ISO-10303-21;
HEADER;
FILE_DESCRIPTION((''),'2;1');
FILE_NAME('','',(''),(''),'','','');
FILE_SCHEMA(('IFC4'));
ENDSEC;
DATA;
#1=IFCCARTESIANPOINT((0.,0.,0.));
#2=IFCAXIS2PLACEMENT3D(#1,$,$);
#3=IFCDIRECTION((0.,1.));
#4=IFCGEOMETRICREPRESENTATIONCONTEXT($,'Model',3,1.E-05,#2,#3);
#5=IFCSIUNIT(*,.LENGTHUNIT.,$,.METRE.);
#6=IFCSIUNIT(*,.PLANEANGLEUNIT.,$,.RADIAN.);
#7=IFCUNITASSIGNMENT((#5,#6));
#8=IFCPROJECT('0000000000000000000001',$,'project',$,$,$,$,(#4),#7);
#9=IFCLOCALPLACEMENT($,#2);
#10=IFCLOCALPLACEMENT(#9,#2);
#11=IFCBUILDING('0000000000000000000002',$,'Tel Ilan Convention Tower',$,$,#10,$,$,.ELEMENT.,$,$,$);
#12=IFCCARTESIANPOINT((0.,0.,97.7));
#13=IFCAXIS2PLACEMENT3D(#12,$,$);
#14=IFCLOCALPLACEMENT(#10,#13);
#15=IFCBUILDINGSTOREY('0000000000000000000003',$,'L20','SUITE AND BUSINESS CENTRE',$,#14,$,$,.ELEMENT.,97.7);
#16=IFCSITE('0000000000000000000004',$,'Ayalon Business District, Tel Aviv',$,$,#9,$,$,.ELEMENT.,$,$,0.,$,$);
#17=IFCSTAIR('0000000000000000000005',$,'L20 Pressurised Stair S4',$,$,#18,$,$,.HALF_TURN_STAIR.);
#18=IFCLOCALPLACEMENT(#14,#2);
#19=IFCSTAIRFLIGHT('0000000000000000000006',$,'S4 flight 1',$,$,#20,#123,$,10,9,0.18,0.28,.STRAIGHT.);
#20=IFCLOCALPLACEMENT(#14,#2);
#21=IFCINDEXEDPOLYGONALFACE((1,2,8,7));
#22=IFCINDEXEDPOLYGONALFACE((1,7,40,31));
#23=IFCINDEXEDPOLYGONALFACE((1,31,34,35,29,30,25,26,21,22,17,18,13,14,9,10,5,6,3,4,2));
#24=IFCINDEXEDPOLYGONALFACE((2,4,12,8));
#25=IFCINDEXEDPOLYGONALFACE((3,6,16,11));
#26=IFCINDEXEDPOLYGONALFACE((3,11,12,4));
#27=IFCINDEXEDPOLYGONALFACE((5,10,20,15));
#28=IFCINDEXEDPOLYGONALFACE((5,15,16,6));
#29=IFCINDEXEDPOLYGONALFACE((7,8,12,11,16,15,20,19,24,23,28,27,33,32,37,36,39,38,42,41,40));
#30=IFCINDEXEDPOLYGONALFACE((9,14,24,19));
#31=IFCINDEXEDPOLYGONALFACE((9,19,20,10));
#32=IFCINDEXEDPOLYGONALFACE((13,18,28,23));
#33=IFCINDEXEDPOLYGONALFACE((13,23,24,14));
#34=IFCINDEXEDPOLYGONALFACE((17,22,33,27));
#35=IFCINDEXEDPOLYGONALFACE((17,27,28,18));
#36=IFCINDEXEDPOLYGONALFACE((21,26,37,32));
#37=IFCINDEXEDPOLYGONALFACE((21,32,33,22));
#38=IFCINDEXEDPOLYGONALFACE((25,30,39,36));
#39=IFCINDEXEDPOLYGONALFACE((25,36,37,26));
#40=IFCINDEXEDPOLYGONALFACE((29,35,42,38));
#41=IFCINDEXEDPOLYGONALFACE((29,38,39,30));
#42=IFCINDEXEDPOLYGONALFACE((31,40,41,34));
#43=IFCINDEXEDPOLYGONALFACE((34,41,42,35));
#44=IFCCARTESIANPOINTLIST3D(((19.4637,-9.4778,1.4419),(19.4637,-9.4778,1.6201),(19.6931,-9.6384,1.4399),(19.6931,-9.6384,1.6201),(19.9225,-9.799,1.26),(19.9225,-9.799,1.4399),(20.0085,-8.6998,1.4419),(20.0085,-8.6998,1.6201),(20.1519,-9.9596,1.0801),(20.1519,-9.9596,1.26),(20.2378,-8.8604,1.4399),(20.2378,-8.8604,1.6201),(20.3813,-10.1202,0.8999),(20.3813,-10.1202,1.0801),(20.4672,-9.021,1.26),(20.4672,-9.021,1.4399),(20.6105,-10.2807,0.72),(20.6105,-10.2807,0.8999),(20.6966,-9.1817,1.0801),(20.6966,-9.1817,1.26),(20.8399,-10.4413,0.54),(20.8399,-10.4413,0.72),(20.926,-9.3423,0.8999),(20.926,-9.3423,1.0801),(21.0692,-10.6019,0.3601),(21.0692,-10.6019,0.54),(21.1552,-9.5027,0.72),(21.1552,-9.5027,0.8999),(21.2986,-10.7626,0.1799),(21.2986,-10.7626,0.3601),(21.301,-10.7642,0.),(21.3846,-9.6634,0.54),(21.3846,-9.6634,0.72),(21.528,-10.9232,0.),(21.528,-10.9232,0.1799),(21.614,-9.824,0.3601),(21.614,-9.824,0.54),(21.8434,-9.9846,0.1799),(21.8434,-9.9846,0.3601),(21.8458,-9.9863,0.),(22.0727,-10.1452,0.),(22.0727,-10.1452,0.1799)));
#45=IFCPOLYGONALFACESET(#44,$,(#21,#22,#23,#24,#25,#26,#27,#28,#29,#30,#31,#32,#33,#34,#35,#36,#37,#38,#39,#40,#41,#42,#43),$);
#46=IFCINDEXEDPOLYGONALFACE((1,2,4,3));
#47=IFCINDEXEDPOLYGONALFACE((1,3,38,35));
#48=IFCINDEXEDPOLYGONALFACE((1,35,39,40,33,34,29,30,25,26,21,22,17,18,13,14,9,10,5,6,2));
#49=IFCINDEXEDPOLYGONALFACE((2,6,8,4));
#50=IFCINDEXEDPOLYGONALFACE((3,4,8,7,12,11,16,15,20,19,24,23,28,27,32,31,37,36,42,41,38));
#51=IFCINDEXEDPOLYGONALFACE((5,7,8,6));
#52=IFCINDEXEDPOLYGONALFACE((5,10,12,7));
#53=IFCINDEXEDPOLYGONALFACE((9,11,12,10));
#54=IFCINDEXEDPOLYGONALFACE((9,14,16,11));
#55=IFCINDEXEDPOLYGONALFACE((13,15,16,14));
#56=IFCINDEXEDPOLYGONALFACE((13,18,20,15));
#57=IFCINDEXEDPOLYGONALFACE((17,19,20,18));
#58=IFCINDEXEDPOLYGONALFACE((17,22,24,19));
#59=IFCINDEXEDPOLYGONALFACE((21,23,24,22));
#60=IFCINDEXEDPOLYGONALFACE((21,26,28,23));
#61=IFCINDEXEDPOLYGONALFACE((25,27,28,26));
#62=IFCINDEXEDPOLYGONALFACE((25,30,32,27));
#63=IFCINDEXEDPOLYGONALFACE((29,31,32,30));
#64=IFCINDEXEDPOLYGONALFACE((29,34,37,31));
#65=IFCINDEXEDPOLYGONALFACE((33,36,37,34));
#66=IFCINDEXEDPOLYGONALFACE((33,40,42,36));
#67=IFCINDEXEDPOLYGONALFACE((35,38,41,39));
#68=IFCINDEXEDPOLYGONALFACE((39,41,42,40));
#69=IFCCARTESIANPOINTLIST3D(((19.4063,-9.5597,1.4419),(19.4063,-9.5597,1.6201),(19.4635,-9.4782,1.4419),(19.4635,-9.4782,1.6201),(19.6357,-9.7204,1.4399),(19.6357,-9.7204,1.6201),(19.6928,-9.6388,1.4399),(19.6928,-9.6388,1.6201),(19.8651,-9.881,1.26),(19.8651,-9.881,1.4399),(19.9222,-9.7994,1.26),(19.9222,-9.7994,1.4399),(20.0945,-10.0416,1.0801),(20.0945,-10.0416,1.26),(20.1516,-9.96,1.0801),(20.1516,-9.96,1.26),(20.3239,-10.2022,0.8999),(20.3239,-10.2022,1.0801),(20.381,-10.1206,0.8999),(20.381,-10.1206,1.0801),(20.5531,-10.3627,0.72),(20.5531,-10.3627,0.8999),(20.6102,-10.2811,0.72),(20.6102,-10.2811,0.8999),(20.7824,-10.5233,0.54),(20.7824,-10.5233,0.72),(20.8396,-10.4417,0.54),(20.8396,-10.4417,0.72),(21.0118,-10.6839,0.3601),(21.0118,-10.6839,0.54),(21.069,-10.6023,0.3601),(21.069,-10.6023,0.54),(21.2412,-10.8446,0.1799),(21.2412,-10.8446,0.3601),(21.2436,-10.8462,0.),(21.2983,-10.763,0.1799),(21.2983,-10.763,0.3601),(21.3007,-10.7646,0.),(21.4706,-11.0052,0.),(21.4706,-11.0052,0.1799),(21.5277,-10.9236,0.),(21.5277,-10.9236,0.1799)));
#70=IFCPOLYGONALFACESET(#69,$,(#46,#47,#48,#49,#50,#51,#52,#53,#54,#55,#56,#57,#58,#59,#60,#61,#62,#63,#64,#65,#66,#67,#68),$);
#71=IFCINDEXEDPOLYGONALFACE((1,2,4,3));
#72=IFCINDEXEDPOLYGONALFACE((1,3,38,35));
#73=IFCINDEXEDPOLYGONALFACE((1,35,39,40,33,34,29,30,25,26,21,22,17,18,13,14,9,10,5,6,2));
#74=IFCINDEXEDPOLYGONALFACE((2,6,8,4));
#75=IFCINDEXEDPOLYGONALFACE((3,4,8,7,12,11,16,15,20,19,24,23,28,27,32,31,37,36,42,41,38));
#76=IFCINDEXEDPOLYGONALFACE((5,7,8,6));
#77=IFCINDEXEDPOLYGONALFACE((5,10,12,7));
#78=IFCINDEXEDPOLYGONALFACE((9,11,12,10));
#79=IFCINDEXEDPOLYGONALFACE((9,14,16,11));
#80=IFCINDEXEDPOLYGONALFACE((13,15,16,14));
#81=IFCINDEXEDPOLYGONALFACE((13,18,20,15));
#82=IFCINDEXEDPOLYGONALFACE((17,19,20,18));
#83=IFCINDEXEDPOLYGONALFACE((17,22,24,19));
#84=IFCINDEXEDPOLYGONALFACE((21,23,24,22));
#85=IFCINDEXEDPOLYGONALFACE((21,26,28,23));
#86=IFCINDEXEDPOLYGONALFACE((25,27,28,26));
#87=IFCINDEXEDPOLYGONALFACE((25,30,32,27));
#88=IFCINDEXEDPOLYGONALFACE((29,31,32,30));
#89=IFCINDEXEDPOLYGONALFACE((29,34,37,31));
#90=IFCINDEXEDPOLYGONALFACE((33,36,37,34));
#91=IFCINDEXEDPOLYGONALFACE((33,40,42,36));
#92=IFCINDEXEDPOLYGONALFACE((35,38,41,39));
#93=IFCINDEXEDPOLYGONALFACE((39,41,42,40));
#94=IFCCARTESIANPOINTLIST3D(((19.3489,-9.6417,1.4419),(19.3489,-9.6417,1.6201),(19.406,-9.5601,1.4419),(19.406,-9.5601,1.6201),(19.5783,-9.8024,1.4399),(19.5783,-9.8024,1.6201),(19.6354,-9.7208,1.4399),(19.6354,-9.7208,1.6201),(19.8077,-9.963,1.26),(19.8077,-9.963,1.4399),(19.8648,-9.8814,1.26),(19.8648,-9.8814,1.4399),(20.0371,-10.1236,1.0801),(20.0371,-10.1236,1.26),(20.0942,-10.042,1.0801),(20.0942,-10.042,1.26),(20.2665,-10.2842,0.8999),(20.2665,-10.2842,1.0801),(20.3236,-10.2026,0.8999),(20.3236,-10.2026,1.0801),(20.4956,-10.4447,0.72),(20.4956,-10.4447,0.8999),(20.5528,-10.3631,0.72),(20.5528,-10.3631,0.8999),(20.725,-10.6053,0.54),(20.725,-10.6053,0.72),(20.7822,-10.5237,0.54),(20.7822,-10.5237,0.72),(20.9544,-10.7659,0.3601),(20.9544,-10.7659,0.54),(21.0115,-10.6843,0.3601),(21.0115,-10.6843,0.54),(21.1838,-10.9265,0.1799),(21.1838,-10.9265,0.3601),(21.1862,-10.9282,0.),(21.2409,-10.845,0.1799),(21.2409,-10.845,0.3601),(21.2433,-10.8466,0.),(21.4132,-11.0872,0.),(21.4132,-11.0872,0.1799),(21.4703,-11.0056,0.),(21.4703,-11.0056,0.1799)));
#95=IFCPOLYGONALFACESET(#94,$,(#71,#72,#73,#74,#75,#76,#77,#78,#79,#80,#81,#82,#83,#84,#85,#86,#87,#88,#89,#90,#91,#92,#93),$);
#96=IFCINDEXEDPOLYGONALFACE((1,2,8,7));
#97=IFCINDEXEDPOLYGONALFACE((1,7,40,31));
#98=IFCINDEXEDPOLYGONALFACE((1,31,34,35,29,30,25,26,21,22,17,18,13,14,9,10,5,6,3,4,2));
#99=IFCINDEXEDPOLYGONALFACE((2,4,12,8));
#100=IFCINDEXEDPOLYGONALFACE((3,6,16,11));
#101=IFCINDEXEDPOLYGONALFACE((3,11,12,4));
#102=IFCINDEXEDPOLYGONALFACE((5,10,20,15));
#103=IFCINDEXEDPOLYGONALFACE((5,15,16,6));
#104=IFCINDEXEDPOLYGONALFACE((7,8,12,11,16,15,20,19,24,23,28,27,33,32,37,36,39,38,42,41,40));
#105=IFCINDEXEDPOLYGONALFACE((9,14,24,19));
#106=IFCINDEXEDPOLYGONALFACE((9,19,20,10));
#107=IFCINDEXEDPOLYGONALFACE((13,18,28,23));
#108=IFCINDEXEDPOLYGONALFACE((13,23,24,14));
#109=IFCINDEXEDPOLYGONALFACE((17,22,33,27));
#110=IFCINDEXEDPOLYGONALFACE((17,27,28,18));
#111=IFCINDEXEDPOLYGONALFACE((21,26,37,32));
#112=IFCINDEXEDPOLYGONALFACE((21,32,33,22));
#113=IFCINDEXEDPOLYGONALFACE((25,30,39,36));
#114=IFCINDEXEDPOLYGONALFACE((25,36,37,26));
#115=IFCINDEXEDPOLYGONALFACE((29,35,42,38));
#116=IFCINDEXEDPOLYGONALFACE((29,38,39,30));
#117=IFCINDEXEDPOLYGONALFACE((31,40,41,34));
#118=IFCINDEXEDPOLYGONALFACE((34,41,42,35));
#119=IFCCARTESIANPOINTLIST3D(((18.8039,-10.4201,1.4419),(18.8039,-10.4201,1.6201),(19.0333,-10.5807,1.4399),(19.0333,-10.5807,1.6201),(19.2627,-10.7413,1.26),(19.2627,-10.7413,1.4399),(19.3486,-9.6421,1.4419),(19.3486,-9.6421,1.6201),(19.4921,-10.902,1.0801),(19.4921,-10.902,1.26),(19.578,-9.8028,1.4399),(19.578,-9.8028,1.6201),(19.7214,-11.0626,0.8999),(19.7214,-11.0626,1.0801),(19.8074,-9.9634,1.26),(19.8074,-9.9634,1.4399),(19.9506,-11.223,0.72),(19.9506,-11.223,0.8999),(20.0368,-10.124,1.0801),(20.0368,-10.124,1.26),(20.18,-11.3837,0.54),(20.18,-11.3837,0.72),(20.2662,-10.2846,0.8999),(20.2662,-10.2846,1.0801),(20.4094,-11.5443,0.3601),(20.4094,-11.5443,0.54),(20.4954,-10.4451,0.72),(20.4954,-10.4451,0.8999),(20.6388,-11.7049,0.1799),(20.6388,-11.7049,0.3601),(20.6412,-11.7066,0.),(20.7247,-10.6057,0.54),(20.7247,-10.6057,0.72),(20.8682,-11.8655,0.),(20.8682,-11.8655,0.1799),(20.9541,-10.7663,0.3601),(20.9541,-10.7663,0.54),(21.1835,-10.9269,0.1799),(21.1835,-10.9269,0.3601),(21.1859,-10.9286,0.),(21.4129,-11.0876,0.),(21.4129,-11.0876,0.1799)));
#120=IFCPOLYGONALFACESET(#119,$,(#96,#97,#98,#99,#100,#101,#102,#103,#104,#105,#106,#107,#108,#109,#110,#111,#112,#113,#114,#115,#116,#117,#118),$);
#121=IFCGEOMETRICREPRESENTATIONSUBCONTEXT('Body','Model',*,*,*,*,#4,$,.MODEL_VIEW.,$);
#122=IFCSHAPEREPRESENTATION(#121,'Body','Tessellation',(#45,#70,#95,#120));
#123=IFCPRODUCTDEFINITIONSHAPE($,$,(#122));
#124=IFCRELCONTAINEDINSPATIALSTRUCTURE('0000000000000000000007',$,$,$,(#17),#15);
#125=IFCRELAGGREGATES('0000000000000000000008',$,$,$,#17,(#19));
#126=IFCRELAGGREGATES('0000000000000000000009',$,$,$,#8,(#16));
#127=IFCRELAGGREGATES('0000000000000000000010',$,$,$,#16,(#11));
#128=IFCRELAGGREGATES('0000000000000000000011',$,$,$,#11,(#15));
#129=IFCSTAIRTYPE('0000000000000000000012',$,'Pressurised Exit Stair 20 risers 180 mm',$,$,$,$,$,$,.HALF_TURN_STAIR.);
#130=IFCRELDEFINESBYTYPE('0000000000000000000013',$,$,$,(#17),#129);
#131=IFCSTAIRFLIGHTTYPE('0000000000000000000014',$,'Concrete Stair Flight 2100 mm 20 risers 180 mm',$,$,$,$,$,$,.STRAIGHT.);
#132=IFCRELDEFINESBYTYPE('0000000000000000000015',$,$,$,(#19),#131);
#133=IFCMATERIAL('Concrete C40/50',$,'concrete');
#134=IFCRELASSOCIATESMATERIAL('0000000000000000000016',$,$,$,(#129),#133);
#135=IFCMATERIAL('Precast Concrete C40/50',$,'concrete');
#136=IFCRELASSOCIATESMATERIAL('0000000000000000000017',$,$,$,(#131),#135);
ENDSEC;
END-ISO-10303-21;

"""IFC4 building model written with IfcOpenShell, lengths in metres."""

from ifc_helpers import new_model, si_unit, direction, frame, origin, place, context, subcontext, project, spatial, polyline, outline, extrude, material, type_object, element, aggregate, save


model = new_model("IFC4")

# Units and contexts
model_context = context("Model", 3, precision=1e-05, world=origin(), true_north=direction((0.0, 1.0)))
body_context = subcontext(model_context, "Body", "Model", "MODEL_VIEW")
ifc_project = project(units=[si_unit("LENGTHUNIT", "METRE"), si_unit("PLANEANGLEUNIT", "RADIAN")], contexts=[model_context])

# Site, building, storey
site_placement = place(None, origin())
site = spatial("IfcSite", under=ifc_project, at=site_placement, Name="Ayalon Business District, Tel Aviv", CompositionType="ELEMENT", RefElevation=0.0)
building_placement = place(site_placement, origin())
building = spatial("IfcBuilding", under=site, at=building_placement, Name="Tel Ilan Convention Tower", CompositionType="ELEMENT")
storey_placement = place(building_placement, frame((0.0, 0.0, 97.7)))
storey = spatial("IfcBuildingStorey", under=building, at=storey_placement, Name="L20", Description="SUITE AND BUSINESS CENTRE", CompositionType="ELEMENT", Elevation=97.7)

# Shared definitions
ifc_material_1 = material(Name="Concrete C40/50", Category="concrete")
stair_type = type_object("IfcStairType", Name="Pressurised Exit Stair 20 risers 180 mm", PredefinedType="HALF_TURN_STAIR", material=ifc_material_1)
ifc_material_2 = material(Name="Precast Concrete C40/50", Category="concrete")
stair_flight_type = type_object("IfcStairFlightType", Name="Concrete Stair Flight 2100 mm 20 risers 180 mm", PredefinedType="STRAIGHT", material=ifc_material_2)

# Stair, stair flight
stair_1_placement = place(storey_placement, origin())
stair_1 = element("IfcStair", 1, at=stair_1_placement, inside=storey, type_object=stair_type, Name="L20 Pressurised Stair S4", PredefinedType="HALF_TURN_STAIR")
stair_flight_1_placement = place(storey_placement, frame((21.4705, -11.0054, 0.0), z_axis=(0.0, 0.0, 1.0), x_axis=(-0.819152, 0.573576, 0.0)))
stair_flight_1 = element("IfcStairFlight", 2, at=stair_flight_1_placement, type_object=stair_flight_type, Name="S4 flight 1", NumberOfRisers=10, NumberOfTreads=9, PredefinedType="STRAIGHT", RiserHeight=0.18, TreadLength=0.28, context=body_context, shape_type="SweptSolid", body=[
    extrude(outline(polyline([(0.0, 0.0), (0.0, 0.1799), (0.28, 0.1799), (0.28, 0.3601), (0.5601, 0.3601), (0.5601, 0.54), (0.8401, 0.54), (0.8401, 0.72), (1.1201, 0.72), (1.1201, 0.8999), (1.3999, 0.8999), (1.3999, 1.0801), (1.6799, 1.0801), (1.6799, 1.26), (1.96, 1.26), (1.96, 1.4399), (2.24, 1.4399), (2.24, 1.6201), (2.52, 1.6201), (2.52, 1.8), (2.52, 1.4419), (0.2771, 0.0), (0.0, 0.0)])), frame((0.0, -0.1003, 0.0), z_axis=(0.0, -1.0, 0.0), x_axis=(1.0, 0.0, 0.0)), (0.0, 0.0, 1.0), 0.9497),
    extrude(outline(polyline([(0.0, 0.0), (0.0, 0.1799), (0.28, 0.1799), (0.28, 0.3601), (0.5601, 0.3601), (0.5601, 0.54), (0.8401, 0.54), (0.8401, 0.72), (1.1201, 0.72), (1.1201, 0.8999), (1.3999, 0.8999), (1.3999, 1.0801), (1.6799, 1.0801), (1.6799, 1.26), (1.96, 1.26), (1.96, 1.4399), (2.24, 1.4399), (2.24, 1.6201), (2.52, 1.6201), (2.52, 1.8), (2.52, 1.4419), (0.2771, 0.0), (0.0, 0.0)])), frame((0.0, -0.0002, 0.0), z_axis=(0.0, -1.0, 0.0), x_axis=(1.0, 0.0, 0.0)), (0.0, 0.0, 1.0), 0.0996),
    extrude(outline(polyline([(0.0, 0.0), (0.0, 0.1799), (0.28, 0.1799), (0.28, 0.3601), (0.5601, 0.3601), (0.5601, 0.54), (0.8401, 0.54), (0.8401, 0.72), (1.1201, 0.72), (1.1201, 0.8999), (1.3999, 0.8999), (1.3999, 1.0801), (1.6799, 1.0801), (1.6799, 1.26), (1.96, 1.26), (1.96, 1.4399), (2.24, 1.4399), (2.24, 1.6201), (2.52, 1.6201), (2.52, 1.8), (2.52, 1.4419), (0.2771, 0.0), (0.0, 0.0)])), frame((0.0, 0.0999, 0.0), z_axis=(0.0, -1.0, 0.0), x_axis=(1.0, 0.0, 0.0)), (0.0, 0.0, 1.0), 0.0996),
    extrude(outline(polyline([(0.0, 0.0), (0.0, 0.1799), (0.28, 0.1799), (0.28, 0.3601), (0.5601, 0.3601), (0.5601, 0.54), (0.8401, 0.54), (0.8401, 0.72), (1.1201, 0.72), (1.1201, 0.8999), (1.3999, 0.8999), (1.3999, 1.0801), (1.6799, 1.0801), (1.6799, 1.26), (1.96, 1.26), (1.96, 1.4399), (2.24, 1.4399), (2.24, 1.6201), (2.52, 1.6201), (2.52, 1.8), (2.52, 1.4419), (0.2771, 0.0), (0.0, 0.0)])), frame((0.0, 1.05, 0.0), z_axis=(0.0, -1.0, 0.0), x_axis=(1.0, 0.0, 0.0)), (0.0, 0.0, 1.0), 0.9497),
])
aggregate(stair_1, [stair_flight_1])

save(model, "model.ifc")
